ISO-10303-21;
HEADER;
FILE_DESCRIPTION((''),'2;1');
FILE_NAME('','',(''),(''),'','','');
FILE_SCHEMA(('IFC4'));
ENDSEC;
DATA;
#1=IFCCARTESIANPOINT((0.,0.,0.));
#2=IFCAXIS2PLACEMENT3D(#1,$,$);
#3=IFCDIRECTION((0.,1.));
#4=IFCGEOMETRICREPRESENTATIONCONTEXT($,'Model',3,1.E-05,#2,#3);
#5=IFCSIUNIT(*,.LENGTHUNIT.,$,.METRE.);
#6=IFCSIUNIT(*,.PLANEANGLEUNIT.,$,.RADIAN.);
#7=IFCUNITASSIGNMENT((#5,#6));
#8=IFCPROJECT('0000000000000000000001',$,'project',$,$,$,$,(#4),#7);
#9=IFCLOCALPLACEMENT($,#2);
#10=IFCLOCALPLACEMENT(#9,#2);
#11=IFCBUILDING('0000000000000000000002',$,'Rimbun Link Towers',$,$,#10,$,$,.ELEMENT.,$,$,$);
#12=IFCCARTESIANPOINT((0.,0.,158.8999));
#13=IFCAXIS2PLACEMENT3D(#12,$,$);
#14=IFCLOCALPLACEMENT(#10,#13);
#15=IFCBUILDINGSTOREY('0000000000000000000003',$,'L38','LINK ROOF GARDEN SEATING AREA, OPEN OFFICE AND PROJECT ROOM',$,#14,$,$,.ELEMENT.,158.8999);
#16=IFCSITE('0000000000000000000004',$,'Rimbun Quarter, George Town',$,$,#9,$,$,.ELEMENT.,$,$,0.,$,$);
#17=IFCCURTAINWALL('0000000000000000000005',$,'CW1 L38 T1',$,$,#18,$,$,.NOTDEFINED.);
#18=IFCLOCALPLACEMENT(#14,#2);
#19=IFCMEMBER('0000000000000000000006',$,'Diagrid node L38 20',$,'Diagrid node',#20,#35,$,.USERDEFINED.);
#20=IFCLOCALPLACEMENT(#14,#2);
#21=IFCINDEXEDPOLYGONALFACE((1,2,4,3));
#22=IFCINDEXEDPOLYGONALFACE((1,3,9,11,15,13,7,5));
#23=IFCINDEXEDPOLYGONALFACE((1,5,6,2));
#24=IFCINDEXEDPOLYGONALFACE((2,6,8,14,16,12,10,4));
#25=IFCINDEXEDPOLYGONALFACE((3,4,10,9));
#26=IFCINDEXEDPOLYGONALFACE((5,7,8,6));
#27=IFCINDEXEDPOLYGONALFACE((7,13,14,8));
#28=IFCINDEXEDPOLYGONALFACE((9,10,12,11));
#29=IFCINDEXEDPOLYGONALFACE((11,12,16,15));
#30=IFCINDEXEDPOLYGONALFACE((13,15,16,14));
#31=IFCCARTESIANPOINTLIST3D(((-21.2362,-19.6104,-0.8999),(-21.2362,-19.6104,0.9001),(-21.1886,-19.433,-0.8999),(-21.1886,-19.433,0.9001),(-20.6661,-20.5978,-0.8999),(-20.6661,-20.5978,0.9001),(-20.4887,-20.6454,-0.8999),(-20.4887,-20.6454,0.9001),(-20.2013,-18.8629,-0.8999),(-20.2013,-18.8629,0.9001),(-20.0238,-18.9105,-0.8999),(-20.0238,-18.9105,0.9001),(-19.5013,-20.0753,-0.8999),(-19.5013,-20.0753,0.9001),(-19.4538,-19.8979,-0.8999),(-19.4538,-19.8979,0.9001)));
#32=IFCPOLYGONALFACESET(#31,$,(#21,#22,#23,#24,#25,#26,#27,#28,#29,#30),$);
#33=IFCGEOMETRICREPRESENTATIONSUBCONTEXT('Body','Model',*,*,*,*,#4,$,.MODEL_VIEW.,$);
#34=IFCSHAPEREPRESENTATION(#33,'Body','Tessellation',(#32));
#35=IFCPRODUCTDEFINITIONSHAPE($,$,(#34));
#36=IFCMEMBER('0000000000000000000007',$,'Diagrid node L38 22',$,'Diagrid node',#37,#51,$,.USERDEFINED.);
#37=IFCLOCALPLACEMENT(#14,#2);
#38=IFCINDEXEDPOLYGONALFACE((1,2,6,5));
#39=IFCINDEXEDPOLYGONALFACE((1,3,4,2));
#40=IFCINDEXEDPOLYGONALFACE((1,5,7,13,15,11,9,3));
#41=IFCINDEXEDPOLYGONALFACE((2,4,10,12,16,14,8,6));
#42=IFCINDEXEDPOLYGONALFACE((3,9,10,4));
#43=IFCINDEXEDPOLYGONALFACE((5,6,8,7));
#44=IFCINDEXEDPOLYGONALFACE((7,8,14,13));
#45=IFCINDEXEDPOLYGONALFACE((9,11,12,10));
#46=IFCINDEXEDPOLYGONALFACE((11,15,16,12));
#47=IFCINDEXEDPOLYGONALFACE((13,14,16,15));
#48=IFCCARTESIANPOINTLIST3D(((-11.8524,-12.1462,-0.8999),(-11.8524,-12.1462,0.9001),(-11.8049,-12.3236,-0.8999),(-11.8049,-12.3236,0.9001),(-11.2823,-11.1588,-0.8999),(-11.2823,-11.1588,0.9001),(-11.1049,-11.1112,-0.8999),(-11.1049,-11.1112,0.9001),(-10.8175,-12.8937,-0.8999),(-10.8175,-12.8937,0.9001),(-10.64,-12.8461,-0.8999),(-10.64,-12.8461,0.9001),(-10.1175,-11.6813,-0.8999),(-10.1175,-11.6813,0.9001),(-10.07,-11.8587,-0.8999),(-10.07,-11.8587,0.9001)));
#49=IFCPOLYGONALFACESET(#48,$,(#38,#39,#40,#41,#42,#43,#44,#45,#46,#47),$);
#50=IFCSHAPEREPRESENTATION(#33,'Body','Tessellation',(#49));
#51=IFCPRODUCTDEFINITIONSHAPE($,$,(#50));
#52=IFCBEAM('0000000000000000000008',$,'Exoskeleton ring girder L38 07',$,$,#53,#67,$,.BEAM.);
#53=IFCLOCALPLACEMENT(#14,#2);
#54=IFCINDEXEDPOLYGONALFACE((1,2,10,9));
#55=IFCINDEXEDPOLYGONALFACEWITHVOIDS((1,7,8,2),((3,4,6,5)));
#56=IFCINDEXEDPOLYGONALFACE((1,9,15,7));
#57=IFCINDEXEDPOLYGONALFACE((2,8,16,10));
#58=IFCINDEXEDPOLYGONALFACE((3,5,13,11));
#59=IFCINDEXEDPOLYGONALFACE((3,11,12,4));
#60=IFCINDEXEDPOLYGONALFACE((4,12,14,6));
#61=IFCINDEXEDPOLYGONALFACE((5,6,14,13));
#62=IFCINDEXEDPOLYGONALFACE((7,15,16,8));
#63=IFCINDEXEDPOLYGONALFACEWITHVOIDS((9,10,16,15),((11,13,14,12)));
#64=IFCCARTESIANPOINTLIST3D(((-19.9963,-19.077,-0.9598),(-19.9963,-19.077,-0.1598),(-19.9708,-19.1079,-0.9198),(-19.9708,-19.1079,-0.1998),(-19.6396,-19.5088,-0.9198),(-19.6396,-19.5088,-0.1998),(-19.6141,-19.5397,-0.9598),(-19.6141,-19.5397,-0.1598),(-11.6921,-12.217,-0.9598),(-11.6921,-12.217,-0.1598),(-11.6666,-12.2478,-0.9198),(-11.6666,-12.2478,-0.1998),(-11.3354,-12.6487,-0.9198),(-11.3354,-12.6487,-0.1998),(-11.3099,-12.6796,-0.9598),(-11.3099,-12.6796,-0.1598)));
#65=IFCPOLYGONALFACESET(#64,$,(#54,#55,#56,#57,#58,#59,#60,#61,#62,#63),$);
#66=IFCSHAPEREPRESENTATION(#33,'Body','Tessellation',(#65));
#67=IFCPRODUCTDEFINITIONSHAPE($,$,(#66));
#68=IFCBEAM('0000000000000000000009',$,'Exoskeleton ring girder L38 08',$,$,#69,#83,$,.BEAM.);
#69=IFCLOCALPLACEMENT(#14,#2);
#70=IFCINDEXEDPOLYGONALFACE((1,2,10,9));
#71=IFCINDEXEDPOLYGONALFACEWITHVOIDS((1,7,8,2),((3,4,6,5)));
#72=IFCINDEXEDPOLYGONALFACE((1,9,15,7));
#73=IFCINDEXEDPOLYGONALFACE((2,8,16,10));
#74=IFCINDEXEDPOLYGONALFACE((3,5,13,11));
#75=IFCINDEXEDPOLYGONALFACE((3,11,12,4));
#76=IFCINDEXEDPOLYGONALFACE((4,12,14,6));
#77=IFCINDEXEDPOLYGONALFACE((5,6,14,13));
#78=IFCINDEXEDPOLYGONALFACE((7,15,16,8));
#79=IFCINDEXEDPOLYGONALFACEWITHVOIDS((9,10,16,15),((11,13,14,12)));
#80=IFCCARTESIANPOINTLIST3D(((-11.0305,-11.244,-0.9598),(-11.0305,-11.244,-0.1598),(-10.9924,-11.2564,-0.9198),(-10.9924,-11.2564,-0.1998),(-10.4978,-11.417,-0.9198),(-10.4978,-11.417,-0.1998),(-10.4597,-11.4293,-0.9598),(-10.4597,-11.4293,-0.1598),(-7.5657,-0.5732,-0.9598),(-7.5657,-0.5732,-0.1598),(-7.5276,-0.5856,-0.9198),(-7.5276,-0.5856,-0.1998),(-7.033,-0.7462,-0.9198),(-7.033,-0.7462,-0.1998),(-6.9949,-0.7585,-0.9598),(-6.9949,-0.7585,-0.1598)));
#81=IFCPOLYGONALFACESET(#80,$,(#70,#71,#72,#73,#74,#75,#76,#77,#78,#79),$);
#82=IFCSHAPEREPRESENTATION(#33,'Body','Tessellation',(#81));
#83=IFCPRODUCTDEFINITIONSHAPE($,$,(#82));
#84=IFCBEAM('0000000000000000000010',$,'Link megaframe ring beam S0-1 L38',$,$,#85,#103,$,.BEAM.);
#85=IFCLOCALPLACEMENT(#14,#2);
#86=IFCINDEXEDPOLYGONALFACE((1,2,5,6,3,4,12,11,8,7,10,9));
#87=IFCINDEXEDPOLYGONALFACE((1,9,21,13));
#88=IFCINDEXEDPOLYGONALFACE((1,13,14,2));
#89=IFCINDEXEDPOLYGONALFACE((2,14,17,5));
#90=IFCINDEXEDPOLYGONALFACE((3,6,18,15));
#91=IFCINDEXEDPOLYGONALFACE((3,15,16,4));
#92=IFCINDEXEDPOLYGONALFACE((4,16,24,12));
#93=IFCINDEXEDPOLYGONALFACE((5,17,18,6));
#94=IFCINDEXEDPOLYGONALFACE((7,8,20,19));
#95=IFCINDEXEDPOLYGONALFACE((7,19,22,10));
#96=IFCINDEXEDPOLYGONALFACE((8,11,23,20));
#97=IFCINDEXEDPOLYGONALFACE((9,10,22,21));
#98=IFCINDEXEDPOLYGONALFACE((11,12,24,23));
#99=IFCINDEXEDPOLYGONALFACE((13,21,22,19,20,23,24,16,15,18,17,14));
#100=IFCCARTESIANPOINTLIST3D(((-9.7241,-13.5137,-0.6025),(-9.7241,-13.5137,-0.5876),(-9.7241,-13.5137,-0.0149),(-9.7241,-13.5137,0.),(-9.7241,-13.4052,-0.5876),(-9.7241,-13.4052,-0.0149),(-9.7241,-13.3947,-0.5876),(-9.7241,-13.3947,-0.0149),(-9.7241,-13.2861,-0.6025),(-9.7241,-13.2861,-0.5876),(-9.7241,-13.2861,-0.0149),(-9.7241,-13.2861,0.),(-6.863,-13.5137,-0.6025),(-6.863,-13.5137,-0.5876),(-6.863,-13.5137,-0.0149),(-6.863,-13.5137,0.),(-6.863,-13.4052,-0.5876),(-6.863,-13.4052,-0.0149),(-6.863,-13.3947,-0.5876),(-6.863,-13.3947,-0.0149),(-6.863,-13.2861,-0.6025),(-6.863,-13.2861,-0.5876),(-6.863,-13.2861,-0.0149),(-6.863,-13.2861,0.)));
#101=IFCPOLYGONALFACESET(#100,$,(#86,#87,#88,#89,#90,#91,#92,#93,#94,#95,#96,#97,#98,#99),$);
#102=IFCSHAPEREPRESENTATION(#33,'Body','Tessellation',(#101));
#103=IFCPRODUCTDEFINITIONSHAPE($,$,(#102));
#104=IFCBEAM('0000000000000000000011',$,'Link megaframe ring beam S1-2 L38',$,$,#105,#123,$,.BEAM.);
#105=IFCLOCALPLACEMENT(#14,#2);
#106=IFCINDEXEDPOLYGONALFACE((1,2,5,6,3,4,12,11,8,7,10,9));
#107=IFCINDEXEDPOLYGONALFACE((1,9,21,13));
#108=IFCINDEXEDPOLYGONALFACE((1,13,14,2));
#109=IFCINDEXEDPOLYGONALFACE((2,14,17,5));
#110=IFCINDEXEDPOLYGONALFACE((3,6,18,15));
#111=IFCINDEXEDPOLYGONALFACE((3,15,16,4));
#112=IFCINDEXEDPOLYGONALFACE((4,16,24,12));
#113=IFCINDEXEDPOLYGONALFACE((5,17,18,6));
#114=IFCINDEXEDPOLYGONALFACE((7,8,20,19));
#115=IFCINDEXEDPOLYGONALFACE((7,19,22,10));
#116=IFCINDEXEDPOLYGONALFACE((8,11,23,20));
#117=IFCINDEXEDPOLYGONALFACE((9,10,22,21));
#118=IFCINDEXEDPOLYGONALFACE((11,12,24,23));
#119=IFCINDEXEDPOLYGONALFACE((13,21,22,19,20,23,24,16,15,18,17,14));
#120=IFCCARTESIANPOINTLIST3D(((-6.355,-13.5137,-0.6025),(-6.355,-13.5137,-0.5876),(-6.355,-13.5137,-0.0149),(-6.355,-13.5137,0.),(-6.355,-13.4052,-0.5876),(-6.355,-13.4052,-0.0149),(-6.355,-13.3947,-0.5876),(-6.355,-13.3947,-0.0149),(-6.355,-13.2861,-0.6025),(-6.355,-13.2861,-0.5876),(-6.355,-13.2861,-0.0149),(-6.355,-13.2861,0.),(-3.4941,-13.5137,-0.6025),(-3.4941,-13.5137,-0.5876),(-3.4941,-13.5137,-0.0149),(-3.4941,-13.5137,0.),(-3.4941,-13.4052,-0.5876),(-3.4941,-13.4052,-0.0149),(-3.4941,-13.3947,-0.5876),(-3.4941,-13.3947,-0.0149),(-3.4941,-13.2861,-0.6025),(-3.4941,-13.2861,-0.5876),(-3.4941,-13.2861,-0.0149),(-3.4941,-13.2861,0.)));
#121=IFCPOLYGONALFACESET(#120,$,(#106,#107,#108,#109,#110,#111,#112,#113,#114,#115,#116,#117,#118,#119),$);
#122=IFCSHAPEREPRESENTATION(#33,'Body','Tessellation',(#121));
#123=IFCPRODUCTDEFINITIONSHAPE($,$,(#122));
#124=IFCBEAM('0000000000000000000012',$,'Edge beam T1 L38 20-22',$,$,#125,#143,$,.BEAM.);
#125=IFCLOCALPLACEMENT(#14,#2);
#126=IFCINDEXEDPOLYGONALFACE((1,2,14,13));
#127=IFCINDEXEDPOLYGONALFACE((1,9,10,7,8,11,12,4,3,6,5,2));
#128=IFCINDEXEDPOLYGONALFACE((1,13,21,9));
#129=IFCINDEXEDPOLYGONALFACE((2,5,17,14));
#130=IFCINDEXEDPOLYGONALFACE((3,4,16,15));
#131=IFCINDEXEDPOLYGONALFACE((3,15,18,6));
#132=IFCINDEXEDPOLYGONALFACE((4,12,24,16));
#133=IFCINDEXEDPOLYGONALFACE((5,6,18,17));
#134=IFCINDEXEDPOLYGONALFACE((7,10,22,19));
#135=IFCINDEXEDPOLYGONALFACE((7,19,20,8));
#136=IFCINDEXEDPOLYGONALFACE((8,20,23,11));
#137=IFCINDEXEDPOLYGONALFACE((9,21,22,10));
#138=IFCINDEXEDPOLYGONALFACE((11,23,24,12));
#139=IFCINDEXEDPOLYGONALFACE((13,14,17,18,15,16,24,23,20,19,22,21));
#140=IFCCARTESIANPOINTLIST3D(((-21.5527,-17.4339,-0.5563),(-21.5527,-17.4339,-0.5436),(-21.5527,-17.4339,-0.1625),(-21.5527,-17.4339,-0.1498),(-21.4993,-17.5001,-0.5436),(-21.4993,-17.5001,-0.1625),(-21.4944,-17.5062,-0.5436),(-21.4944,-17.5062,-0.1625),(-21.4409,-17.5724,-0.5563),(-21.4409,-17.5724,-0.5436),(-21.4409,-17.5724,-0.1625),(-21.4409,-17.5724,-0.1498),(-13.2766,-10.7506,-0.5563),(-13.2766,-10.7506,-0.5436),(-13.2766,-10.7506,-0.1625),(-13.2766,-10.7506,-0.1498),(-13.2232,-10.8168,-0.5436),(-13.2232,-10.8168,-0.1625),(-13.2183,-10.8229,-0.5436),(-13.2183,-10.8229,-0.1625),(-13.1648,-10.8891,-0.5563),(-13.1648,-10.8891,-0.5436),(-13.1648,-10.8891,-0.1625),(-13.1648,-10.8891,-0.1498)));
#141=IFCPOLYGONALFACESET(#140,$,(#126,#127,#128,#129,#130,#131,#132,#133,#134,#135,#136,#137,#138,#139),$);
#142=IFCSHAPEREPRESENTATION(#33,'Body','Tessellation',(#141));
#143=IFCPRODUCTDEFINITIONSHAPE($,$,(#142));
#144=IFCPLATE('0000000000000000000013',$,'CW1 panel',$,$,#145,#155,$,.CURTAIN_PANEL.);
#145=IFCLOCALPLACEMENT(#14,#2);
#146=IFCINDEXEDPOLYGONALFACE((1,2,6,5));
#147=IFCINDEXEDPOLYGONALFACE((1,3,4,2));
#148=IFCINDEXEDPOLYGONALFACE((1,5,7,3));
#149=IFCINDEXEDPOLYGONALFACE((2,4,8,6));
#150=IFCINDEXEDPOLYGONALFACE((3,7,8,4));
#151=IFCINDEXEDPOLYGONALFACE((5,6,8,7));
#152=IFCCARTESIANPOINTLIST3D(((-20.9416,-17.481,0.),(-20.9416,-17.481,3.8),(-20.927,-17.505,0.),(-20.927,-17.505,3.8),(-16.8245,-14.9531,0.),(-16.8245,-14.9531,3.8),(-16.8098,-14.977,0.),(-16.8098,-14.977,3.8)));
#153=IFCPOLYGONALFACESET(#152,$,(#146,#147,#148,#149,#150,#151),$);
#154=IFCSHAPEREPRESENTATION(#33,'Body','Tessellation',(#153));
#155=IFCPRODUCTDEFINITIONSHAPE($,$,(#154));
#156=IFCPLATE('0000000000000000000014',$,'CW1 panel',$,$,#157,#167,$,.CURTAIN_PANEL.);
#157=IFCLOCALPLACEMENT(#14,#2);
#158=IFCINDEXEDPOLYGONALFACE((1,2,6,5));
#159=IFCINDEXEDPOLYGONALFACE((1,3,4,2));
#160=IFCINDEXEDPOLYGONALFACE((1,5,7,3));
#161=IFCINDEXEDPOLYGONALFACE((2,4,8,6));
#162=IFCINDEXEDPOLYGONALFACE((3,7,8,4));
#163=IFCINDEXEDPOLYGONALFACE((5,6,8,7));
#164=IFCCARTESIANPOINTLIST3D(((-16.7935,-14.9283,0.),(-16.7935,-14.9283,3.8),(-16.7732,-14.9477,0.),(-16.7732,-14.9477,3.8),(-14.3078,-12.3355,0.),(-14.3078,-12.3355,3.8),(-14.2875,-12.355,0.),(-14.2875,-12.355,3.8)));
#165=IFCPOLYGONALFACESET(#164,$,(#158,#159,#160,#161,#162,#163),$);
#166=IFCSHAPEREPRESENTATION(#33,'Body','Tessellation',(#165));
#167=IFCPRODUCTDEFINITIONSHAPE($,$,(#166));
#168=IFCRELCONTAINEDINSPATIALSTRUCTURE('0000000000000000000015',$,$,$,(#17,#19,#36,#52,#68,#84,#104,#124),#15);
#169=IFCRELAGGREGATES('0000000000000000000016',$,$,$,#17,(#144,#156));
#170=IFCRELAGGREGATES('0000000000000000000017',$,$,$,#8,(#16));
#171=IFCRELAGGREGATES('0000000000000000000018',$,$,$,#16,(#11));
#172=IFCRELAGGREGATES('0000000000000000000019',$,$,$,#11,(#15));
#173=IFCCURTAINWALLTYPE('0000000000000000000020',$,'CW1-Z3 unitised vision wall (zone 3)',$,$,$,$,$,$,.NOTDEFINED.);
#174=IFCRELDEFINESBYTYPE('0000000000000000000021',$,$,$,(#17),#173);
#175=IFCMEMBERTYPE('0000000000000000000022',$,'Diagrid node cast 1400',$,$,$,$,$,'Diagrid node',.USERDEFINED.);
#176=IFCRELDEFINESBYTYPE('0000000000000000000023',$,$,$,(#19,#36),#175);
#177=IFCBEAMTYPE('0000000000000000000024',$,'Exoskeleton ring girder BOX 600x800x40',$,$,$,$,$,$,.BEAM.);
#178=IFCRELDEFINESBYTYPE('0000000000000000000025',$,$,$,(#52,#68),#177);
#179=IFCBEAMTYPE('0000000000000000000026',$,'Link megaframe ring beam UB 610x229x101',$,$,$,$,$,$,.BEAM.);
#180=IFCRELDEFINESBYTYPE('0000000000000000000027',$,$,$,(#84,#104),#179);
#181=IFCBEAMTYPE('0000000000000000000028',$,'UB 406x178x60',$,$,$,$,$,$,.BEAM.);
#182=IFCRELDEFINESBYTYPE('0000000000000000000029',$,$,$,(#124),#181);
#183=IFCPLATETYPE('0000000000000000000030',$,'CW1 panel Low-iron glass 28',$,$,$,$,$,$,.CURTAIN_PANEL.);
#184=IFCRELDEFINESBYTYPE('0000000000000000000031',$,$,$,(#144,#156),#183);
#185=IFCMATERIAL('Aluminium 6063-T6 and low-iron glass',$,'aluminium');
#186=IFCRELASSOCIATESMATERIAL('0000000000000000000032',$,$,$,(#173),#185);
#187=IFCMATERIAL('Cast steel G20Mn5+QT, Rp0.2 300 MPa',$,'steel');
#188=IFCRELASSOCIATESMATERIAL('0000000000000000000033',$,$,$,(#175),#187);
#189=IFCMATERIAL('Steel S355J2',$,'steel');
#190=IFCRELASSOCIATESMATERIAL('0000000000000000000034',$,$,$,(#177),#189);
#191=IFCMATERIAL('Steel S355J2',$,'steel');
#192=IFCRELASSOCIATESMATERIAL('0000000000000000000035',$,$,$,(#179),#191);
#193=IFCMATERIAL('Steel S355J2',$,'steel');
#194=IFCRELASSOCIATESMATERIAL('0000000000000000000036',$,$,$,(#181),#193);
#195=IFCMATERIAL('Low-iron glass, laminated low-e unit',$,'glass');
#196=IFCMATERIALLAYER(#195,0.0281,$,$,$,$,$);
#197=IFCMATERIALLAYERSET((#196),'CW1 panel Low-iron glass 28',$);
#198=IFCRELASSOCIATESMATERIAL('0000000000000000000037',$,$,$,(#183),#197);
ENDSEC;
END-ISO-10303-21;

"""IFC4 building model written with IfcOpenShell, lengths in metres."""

from ifc_helpers import new_model, si_unit, direction, frame, origin, origin_2d, place, context, subcontext, project, spatial, polyline, rectangle, hollow_rectangle, i_section, outline, extrude, material, layer, layer_set, material_profile, profile_set, type_object, element, aggregate, save


model = new_model("IFC4")

# Units and contexts
model_context = context("Model", 3, precision=1e-05, world=origin(), true_north=direction((0.0, 1.0)))
body_context = subcontext(model_context, "Body", "Model", "MODEL_VIEW")
ifc_project = project(units=[si_unit("LENGTHUNIT", "METRE"), si_unit("PLANEANGLEUNIT", "RADIAN")], contexts=[model_context])

# Site, building, storey
site_placement = place(None, origin())
site = spatial("IfcSite", under=ifc_project, at=site_placement, Name="Rimbun Quarter, George Town", CompositionType="ELEMENT", RefElevation=0.0)
building_placement = place(site_placement, origin())
building = spatial("IfcBuilding", under=site, at=building_placement, Name="Rimbun Link Towers", CompositionType="ELEMENT")
storey_placement = place(building_placement, frame((0.0, 0.0, 158.8999)))
storey = spatial("IfcBuildingStorey", under=building, at=storey_placement, Name="L38", Description="LINK ROOF GARDEN SEATING AREA, OPEN OFFICE AND PROJECT ROOM", CompositionType="ELEMENT", Elevation=158.8999)

# Curtain wall
ifc_material_1 = material(Name="Aluminium 6063-T6 and low-iron glass", Category="aluminium")
curtain_wall_type = type_object("IfcCurtainWallType", Name="CW1-Z3 unitised vision wall (zone 3)", PredefinedType="NOTDEFINED", material=ifc_material_1)
curtain_wall_placement = place(storey_placement, origin())
curtain_wall = element("IfcCurtainWall", 1, at=curtain_wall_placement, inside=storey, type_object=curtain_wall_type, Name="CW1 L38 T1", PredefinedType="NOTDEFINED")

# Members
ifc_material_2 = material(Name="Cast steel G20Mn5+QT, Rp0.2 300 MPa", Category="steel")
ifc_material_profile_1 = material_profile(ifc_material_2, outline(polyline([(0.7, -0.5701), (0.7, 0.5701), (0.5701, 0.7), (-0.5701, 0.7), (-0.7, 0.5701), (-0.7, -0.5701), (-0.5701, -0.7), (0.5701, -0.7), (0.7, -0.5701)])), Name="NODE 1400x1400")
ifc_profile_set_1 = profile_set([ifc_material_profile_1], Name="Cast steel G20Mn5+QT, Rp0.2 300 MPa")
member_type_1 = type_object("IfcMemberType", Name="Diagrid node cast 1400", ElementType="Diagrid node", PredefinedType="USERDEFINED", material=ifc_profile_set_1)
for number, where, z_axis, x_axis, name in (
    (2, (-20.345, -19.7542, -0.8999), (0.0, 0.0, 1.0), (0.5, -0.866025, 0.0), "Diagrid node L38 20"),
    (3, (-10.9612, -12.0024, -0.8999), (0.0, 0.0, 1.0), (0.866025, -0.5, 0.0), "Diagrid node L38 22"),
):
    element("IfcMember", number, at=place(storey_placement, frame(where, z_axis=z_axis, x_axis=x_axis)), inside=storey, type_object=member_type_1, Name=name, ObjectType="Diagrid node", PredefinedType="USERDEFINED", context=body_context, shape_type="SweptSolid", body=[
        extrude(outline(polyline([(0.7, -0.5701), (0.7, 0.5701), (0.5701, 0.7), (-0.5701, 0.7), (-0.7, 0.5701), (-0.7, -0.5701), (-0.5701, -0.7), (0.5701, -0.7), (0.7, -0.5701)])), origin(), (0.0, 0.0, 1.0), 1.8),
    ])

# Beams
ifc_material_3 = material(Name="Steel S355J2", Category="steel")
ifc_material_profile_2 = material_profile(ifc_material_3, hollow_rectangle(XDim=0.6001, YDim=0.8, WallThickness=0.04, at=origin_2d()), Name="Exoskeleton ring girder BOX 600x800x40")
ifc_profile_set_2 = profile_set([ifc_material_profile_2], Name="Steel S355J2")
beam_type_1 = type_object("IfcBeamType", Name="Exoskeleton ring girder BOX 600x800x40", PredefinedType="BEAM", material=ifc_profile_set_2)
beam_1_placement = place(storey_placement, frame((-19.8052, -19.3083, -0.5598), z_axis=(0.770956, 0.636888, 0.0), x_axis=(-0.636888, 0.770956, 0.0)))
element("IfcBeam", 4, at=beam_1_placement, inside=storey, type_object=beam_type_1, Name="Exoskeleton ring girder L38 07", PredefinedType="BEAM", context=body_context, shape_type="SweptSolid", body=[
    extrude(hollow_rectangle(XDim=0.6001, YDim=0.8, WallThickness=0.04, at=origin_2d()), origin(), (0.0, 0.0, 1.0), 10.7712),
])
beam_2_placement = place(storey_placement, frame((-10.7451, -11.3367, -0.5598), z_axis=(0.308828, 0.951118, 0.0), x_axis=(-0.951118, 0.308828, 0.0)))
element("IfcBeam", 5, at=beam_2_placement, inside=storey, type_object=beam_type_1, Name="Exoskeleton ring girder L38 08", PredefinedType="BEAM", context=body_context, shape_type="SweptSolid", body=[
    extrude(hollow_rectangle(XDim=0.6001, YDim=0.8, WallThickness=0.04, at=origin_2d()), origin(), (0.0, 0.0, 1.0), 11.2192),
])
ifc_material_4 = material(Name="Steel S355J2", Category="steel")
ifc_material_profile_3 = material_profile(ifc_material_4, i_section(OverallWidth=0.2275, OverallDepth=0.6025, WebThickness=0.0105, FlangeThickness=0.0149, at=origin_2d()), Name="UB 610x229x101")
ifc_profile_set_3 = profile_set([ifc_material_profile_3], Name="Steel S355J2")
beam_type_2 = type_object("IfcBeamType", Name="Link megaframe ring beam UB 610x229x101", PredefinedType="BEAM", material=ifc_profile_set_3)
beam_3_placement = place(storey_placement, frame((-9.7241, -13.3999, -0.3013), z_axis=(1.0, 0.0, 0.0), x_axis=(0.0, 1.0, 0.0)))
element("IfcBeam", 6, at=beam_3_placement, inside=storey, type_object=beam_type_2, Name="Link megaframe ring beam S0-1 L38", PredefinedType="BEAM", context=body_context, shape_type="SweptSolid", body=[
    extrude(i_section(OverallWidth=0.2275, OverallDepth=0.6025, WebThickness=0.0105, FlangeThickness=0.0149, at=origin_2d()), origin(), (0.0, 0.0, 1.0), 2.8611),
])
beam_4_placement = place(storey_placement, frame((-6.355, -13.3999, -0.3013), z_axis=(1.0, 0.0, 0.0), x_axis=(0.0, 1.0, 0.0)))
element("IfcBeam", 7, at=beam_4_placement, inside=storey, type_object=beam_type_2, Name="Link megaframe ring beam S1-2 L38", PredefinedType="BEAM", context=body_context, shape_type="SweptSolid", body=[
    extrude(i_section(OverallWidth=0.2275, OverallDepth=0.6025, WebThickness=0.0105, FlangeThickness=0.0149, at=origin_2d()), origin(), (0.0, 0.0, 1.0), 2.8608),
])
ifc_material_5 = material(Name="Steel S355J2", Category="steel")
ifc_material_profile_4 = material_profile(ifc_material_5, i_section(OverallWidth=0.178, OverallDepth=0.4065, WebThickness=0.0078, FlangeThickness=0.0127, at=origin_2d()), Name="UB 406x178x60")
ifc_profile_set_4 = profile_set([ifc_material_profile_4], Name="Steel S355J2")
beam_type_3 = type_object("IfcBeamType", Name="UB 406x178x60", PredefinedType="BEAM", material=ifc_profile_set_4)
beam_5_placement = place(storey_placement, frame((-21.4968, -17.5032, -0.353), z_axis=(0.777997, 0.628268, 0.0), x_axis=(-0.628268, 0.777997, 0.0)))
element("IfcBeam", 8, at=beam_5_placement, inside=storey, type_object=beam_type_3, Name="Edge beam T1 L38 20-22", PredefinedType="BEAM", context=body_context, shape_type="SweptSolid", body=[
    extrude(i_section(OverallWidth=0.178, OverallDepth=0.4065, WebThickness=0.0078, FlangeThickness=0.0127, at=origin_2d()), origin(), (0.0, 0.0, 1.0), 10.6377),
])

# Plates
ifc_material_6 = material(Name="Low-iron glass, laminated low-e unit", Category="glass")
ifc_layer = layer(ifc_material_6, 0.0281)
ifc_layer_set = layer_set([ifc_layer], Name="CW1 panel Low-iron glass 28")
plate_type = type_object("IfcPlateType", Name="CW1 panel Low-iron glass 28", PredefinedType="CURTAIN_PANEL", material=ifc_layer_set)
plate_1_placement = place(storey_placement, frame((-18.8757, -16.229, 0.0), z_axis=(0.0, 0.0, 1.0), x_axis=(-0.852179, -0.52325, 0.0)))
plate_1 = element("IfcPlate", 9, at=plate_1_placement, type_object=plate_type, Name="CW1 panel", PredefinedType="CURTAIN_PANEL", context=body_context, shape_type="SweptSolid", body=[
    extrude(rectangle(XDim=4.8313, YDim=0.0281, at=origin_2d()), origin(), (0.0, 0.0, 1.0), 3.8),
])
plate_2_placement = place(storey_placement, frame((-15.5405, -13.6416, 0.0), z_axis=(0.0, 0.0, 1.0), x_axis=(-0.692052, -0.721847, 0.0)))
plate_2 = element("IfcPlate", 10, at=plate_2_placement, type_object=plate_type, Name="CW1 panel", PredefinedType="CURTAIN_PANEL", context=body_context, shape_type="SweptSolid", body=[
    extrude(rectangle(XDim=3.5918, YDim=0.0281, at=origin_2d()), origin(), (0.0, 0.0, 1.0), 3.8),
])
aggregate(curtain_wall, [plate_1, plate_2])

save(model, "model.ifc")
